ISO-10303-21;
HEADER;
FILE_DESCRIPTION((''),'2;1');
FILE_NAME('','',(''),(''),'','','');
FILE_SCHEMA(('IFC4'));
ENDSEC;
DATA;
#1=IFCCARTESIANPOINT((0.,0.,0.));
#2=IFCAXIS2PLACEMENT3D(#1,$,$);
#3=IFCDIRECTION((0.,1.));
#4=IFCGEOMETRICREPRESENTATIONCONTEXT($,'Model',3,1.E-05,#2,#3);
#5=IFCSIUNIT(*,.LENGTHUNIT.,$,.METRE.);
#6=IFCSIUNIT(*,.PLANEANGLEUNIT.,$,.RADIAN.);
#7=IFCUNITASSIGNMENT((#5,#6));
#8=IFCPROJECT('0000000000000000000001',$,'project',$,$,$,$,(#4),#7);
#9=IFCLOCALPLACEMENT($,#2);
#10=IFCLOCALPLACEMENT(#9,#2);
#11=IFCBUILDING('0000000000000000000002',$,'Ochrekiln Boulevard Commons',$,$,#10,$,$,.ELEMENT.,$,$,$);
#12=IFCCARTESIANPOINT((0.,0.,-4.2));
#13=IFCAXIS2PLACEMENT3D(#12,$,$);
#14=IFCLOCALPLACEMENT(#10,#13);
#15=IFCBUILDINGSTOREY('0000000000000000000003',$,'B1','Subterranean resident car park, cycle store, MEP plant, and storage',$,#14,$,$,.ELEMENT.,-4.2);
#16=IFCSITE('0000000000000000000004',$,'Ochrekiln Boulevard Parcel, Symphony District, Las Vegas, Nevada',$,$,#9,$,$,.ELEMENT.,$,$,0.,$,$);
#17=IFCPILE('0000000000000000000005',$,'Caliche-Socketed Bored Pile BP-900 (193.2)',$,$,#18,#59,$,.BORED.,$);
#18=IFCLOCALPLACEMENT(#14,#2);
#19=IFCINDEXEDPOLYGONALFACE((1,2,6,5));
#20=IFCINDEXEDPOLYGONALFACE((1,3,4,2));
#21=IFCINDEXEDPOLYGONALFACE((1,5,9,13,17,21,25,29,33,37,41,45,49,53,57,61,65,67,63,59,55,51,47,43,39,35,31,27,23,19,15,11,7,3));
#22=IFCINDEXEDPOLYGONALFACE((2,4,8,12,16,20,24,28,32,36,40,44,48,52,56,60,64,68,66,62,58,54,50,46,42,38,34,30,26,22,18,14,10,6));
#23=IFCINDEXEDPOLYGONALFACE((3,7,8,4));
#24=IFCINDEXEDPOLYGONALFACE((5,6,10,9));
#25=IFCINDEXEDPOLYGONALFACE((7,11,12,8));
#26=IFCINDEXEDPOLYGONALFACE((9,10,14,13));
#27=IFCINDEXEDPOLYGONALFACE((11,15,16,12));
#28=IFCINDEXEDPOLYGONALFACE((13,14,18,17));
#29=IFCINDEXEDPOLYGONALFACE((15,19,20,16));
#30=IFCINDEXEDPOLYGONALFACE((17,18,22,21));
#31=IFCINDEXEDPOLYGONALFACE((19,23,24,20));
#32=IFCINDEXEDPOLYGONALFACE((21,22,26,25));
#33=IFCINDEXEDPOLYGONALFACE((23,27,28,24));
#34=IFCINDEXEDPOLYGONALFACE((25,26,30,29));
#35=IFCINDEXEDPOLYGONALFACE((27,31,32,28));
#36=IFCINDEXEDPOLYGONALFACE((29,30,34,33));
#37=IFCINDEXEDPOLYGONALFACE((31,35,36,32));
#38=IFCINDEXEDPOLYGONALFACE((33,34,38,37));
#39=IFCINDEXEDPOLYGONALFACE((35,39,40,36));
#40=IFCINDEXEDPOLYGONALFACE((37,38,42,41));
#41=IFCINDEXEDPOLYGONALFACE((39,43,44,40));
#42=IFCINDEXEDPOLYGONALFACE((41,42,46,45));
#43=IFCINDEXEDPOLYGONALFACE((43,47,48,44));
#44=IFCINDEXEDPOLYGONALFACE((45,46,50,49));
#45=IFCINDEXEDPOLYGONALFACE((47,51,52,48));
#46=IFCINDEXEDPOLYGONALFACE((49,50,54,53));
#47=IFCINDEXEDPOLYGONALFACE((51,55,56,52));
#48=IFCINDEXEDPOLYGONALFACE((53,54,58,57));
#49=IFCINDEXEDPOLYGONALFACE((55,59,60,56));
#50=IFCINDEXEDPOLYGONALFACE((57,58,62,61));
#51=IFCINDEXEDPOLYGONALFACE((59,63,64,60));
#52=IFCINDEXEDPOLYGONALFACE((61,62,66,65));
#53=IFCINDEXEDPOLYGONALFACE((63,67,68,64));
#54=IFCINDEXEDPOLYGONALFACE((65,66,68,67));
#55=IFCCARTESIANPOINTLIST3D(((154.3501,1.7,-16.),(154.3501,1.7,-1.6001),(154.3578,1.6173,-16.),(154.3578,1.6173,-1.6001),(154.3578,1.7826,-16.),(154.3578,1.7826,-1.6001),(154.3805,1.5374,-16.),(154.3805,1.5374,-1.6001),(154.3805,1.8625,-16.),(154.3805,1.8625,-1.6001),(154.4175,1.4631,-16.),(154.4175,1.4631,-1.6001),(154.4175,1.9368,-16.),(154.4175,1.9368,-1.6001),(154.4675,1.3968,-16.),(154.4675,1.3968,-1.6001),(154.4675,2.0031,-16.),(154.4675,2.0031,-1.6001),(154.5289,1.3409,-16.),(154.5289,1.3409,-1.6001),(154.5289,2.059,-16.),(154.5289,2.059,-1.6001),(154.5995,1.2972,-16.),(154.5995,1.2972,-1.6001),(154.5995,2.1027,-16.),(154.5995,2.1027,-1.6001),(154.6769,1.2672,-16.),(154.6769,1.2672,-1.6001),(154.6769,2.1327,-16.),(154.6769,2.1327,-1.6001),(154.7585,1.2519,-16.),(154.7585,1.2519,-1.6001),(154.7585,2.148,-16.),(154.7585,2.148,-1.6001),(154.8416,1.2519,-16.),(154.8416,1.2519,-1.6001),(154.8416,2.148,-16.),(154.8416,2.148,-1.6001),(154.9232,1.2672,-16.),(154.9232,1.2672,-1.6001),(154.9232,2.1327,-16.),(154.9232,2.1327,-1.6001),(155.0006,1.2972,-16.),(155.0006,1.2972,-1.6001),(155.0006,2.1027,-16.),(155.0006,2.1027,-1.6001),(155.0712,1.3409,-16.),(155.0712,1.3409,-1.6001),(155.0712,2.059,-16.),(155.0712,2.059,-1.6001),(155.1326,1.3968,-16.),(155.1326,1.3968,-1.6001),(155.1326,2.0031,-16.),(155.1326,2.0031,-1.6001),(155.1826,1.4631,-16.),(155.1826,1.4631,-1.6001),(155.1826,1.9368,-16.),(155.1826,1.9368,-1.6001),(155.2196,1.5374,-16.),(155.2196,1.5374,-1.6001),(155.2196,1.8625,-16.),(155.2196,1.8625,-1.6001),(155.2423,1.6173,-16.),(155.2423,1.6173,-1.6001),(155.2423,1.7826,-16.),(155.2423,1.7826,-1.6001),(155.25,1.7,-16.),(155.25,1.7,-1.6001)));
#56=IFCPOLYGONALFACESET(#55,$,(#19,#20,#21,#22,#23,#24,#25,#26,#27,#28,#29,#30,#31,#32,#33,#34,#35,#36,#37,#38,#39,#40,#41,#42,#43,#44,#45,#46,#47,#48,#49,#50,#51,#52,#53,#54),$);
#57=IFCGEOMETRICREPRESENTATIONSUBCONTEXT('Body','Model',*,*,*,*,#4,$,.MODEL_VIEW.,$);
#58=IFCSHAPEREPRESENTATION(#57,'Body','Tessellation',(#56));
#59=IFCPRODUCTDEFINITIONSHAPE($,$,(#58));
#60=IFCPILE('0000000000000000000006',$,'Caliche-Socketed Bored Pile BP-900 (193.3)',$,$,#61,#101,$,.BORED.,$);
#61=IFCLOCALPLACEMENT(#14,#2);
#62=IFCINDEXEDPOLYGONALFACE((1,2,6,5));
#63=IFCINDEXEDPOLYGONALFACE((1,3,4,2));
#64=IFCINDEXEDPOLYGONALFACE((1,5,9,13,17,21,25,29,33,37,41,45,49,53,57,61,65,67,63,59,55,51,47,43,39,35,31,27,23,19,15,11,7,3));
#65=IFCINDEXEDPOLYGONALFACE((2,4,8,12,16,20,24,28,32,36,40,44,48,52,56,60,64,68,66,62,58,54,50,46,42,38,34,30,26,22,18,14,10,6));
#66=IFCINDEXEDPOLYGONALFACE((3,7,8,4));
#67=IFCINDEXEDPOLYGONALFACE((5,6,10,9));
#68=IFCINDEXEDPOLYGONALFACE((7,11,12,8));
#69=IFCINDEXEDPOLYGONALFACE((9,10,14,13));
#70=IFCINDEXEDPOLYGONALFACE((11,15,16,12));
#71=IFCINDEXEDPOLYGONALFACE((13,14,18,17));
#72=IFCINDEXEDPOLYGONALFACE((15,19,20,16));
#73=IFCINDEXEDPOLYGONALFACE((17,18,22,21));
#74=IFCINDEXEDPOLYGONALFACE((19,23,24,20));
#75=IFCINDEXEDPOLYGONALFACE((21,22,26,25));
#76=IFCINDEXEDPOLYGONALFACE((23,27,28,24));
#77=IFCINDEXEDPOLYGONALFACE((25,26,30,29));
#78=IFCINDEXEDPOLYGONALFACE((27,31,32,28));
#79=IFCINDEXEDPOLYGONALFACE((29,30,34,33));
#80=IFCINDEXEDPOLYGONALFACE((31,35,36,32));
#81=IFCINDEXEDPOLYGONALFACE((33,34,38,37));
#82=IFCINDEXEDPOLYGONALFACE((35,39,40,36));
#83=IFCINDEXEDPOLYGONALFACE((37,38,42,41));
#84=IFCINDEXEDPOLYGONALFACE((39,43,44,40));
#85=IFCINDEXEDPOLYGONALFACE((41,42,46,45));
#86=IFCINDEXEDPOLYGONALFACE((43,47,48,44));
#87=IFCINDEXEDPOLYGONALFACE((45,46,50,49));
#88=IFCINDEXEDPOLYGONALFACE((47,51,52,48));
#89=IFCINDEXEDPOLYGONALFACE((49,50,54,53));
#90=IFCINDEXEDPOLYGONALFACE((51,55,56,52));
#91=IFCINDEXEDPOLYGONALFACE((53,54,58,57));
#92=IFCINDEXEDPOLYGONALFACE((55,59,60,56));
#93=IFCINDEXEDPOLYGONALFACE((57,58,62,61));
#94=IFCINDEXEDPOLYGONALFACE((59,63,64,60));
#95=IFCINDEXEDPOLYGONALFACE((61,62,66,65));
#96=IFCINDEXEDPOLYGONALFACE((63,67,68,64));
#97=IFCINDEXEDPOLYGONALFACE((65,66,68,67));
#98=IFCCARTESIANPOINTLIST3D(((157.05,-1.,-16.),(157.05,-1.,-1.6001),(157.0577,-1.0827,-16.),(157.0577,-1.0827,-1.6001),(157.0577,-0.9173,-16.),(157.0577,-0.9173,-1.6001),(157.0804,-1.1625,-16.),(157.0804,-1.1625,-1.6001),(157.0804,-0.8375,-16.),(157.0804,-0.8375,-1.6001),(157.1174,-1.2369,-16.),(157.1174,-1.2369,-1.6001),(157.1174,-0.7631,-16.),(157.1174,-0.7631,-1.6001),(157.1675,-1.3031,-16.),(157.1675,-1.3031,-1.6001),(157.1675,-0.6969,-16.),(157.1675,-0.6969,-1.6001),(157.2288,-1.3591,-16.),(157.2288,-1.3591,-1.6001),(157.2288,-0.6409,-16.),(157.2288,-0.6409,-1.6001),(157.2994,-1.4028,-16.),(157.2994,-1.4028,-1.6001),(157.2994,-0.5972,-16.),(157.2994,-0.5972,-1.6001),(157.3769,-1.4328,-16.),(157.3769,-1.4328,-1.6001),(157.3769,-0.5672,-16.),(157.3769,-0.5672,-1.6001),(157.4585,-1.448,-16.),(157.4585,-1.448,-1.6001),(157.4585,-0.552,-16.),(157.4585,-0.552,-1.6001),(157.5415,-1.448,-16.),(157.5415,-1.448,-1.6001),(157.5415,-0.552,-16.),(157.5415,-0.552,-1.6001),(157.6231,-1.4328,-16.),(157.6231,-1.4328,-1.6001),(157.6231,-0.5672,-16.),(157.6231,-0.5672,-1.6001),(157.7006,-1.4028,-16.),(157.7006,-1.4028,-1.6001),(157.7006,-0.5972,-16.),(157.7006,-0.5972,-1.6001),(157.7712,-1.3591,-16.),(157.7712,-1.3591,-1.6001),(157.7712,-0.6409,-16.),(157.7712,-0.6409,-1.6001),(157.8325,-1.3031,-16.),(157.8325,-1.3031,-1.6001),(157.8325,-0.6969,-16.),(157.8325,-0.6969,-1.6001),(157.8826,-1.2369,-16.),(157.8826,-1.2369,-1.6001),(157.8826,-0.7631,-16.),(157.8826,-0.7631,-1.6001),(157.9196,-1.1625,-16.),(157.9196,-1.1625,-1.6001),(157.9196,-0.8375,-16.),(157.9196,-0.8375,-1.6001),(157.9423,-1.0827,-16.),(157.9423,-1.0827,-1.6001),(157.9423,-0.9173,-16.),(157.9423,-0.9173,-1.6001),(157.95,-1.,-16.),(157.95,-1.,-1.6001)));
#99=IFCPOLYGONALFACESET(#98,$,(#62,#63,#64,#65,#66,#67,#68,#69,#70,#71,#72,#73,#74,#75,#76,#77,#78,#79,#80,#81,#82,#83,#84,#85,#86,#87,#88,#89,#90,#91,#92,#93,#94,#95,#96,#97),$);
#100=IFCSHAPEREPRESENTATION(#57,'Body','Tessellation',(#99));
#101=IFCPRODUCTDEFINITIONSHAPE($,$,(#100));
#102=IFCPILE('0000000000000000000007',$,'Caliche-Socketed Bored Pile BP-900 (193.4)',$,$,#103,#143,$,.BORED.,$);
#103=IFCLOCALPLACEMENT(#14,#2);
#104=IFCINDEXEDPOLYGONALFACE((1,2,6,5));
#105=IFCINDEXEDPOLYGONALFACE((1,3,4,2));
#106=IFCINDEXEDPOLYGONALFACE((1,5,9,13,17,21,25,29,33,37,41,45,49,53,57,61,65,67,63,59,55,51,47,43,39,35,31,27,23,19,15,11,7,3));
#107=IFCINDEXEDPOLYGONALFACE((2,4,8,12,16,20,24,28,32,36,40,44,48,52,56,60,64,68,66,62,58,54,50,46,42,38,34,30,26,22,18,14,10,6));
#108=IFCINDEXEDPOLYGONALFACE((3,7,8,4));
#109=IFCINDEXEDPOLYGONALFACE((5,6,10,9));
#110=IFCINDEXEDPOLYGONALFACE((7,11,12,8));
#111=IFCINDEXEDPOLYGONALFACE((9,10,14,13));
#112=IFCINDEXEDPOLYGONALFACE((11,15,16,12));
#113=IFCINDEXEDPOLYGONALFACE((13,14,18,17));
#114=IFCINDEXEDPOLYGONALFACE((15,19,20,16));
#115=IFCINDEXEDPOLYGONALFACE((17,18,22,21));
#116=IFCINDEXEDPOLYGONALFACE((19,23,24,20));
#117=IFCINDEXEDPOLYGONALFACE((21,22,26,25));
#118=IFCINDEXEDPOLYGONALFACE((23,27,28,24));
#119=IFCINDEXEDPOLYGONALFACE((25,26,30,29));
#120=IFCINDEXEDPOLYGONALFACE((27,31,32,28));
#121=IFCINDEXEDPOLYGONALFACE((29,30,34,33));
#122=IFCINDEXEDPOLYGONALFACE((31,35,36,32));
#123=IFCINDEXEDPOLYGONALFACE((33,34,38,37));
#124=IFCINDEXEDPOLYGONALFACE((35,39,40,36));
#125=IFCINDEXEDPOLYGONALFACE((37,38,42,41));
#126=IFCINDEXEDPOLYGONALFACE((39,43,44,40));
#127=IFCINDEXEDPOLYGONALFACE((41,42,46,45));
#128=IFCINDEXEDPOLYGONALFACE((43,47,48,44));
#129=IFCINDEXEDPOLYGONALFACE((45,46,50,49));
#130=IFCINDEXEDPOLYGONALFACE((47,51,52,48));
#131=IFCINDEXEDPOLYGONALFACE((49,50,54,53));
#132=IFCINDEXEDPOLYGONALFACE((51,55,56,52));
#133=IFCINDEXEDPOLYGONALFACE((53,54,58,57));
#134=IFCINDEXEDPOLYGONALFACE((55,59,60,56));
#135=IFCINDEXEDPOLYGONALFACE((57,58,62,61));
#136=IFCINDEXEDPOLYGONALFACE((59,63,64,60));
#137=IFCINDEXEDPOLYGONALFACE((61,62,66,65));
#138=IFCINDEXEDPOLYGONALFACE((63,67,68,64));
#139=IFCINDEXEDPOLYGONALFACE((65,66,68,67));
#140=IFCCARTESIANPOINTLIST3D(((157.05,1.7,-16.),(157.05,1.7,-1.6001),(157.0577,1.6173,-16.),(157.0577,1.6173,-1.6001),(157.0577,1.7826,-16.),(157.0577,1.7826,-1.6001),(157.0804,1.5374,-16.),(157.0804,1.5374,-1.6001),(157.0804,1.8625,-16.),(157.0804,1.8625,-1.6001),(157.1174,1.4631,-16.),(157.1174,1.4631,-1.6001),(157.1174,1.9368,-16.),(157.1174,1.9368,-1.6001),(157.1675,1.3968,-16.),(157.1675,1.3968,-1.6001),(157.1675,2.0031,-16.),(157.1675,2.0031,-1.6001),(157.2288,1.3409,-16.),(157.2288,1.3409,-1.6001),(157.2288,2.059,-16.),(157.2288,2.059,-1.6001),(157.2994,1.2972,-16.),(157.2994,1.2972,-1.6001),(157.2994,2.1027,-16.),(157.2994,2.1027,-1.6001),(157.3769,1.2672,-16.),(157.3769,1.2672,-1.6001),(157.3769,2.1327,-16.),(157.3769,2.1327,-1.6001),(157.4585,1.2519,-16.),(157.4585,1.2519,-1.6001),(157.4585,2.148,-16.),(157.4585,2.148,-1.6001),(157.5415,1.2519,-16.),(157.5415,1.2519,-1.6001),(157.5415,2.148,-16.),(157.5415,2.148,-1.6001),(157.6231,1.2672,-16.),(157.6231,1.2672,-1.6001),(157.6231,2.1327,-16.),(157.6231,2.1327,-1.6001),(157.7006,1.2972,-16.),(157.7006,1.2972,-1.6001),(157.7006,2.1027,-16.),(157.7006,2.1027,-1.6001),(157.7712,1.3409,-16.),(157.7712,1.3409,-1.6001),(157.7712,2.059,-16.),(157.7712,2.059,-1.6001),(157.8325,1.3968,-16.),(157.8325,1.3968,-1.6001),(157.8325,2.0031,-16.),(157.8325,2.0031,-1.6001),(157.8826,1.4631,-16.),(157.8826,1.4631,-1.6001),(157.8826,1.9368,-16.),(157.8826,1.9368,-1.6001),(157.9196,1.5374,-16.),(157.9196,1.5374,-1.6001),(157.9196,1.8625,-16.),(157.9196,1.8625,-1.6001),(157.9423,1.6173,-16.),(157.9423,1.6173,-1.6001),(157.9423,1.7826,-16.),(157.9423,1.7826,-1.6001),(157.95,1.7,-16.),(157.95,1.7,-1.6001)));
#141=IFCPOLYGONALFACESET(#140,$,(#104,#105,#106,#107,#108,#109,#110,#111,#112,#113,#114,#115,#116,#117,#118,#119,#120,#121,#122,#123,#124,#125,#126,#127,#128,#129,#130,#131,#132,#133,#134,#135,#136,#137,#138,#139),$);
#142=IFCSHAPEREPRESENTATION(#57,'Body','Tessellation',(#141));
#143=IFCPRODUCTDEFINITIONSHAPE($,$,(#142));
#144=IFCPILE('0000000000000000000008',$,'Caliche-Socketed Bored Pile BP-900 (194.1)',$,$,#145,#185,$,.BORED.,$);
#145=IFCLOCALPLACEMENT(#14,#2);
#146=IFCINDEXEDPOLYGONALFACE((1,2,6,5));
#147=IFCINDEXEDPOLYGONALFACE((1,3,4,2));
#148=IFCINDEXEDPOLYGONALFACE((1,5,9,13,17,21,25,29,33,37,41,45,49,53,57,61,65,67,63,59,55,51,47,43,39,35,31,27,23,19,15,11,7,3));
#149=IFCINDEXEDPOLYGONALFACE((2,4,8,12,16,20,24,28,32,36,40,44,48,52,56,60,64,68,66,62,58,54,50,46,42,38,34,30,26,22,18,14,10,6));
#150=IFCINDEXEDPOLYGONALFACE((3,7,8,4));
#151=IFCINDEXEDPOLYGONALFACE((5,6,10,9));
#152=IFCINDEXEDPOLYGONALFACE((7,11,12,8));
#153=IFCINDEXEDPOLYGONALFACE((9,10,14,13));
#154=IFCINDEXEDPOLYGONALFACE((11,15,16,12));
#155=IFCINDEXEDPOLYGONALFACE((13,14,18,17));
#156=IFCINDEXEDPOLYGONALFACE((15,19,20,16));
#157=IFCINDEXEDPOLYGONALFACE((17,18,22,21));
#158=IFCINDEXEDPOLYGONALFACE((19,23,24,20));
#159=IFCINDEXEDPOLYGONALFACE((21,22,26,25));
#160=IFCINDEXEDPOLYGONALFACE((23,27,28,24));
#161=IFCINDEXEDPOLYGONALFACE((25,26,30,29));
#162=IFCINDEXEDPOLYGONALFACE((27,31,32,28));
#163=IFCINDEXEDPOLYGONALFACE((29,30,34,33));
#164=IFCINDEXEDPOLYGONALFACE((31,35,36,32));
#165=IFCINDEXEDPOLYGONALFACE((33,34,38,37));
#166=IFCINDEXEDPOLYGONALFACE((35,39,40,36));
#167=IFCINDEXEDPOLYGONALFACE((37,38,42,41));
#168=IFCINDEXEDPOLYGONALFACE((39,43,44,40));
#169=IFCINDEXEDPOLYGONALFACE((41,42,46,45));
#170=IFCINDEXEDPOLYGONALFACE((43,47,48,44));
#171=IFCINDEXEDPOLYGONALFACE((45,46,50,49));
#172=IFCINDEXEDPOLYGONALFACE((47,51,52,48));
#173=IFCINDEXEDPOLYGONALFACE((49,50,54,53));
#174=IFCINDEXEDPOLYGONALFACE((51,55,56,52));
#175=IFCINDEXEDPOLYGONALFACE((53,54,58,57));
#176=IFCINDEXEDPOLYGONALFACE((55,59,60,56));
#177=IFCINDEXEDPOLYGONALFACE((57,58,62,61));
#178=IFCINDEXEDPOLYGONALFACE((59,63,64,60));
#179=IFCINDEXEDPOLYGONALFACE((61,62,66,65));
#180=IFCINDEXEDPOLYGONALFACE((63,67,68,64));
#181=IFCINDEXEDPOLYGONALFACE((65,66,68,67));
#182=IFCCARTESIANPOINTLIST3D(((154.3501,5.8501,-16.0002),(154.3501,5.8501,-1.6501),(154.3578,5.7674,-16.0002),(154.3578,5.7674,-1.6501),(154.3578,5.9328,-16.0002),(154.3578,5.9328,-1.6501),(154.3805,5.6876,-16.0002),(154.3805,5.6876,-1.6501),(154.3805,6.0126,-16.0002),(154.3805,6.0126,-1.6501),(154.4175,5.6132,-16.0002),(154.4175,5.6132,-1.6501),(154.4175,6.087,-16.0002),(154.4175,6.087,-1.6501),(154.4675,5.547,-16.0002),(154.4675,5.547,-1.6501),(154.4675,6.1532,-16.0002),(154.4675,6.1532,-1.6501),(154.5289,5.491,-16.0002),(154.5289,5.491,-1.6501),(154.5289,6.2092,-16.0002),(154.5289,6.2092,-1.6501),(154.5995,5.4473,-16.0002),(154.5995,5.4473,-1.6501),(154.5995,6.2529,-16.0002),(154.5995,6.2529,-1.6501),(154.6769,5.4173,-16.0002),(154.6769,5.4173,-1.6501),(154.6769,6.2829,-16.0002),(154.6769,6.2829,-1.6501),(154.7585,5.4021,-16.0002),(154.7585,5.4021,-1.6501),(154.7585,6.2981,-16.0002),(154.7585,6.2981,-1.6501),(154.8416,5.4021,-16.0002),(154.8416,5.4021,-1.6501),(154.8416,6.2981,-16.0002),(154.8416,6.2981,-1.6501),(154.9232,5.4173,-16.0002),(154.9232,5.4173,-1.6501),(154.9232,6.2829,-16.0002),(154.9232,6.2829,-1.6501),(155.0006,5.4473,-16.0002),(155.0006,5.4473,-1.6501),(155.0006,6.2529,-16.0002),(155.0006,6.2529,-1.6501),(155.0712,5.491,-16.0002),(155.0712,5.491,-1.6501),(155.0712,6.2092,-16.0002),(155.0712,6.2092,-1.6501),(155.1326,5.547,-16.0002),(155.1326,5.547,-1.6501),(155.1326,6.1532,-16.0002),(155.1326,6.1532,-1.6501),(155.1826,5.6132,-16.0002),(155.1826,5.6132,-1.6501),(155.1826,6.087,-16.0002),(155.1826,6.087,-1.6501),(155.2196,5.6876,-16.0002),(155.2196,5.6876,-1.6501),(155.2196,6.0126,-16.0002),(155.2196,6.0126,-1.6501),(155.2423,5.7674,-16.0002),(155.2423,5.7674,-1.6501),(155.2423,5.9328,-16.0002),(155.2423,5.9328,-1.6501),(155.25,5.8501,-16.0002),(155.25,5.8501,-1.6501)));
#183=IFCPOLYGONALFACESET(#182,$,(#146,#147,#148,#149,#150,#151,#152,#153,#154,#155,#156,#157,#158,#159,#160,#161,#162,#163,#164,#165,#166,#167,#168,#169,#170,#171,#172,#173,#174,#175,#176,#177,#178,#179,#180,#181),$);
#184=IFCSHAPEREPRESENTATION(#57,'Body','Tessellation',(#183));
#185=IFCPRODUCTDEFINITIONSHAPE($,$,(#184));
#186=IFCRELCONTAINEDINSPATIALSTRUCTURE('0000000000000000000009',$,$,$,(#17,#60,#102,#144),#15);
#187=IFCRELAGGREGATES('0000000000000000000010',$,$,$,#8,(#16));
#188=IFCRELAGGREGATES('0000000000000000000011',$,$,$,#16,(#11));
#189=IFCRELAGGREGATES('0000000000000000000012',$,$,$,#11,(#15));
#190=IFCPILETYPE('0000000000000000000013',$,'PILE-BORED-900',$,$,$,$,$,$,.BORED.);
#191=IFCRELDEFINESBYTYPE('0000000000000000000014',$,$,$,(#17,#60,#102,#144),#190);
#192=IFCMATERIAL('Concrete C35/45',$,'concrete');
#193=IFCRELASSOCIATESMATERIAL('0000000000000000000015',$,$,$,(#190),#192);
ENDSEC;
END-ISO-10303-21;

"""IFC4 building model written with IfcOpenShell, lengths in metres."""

from ifc_helpers import new_model, si_unit, direction, frame, origin, origin_2d, place, context, subcontext, project, spatial, circle, extrude, material, material_profile, profile_set, type_object, element, save


model = new_model("IFC4")

# Units and contexts
model_context = context("Model", 3, precision=1e-05, world=origin(), true_north=direction((0.0, 1.0)))
body_context = subcontext(model_context, "Body", "Model", "MODEL_VIEW")
ifc_project = project(units=[si_unit("LENGTHUNIT", "METRE"), si_unit("PLANEANGLEUNIT", "RADIAN")], contexts=[model_context])

# Site, building, storey
site_placement = place(None, origin())
site = spatial("IfcSite", under=ifc_project, at=site_placement, Name="Ochrekiln Boulevard Parcel, Symphony District, Las Vegas, Nevada", CompositionType="ELEMENT", RefElevation=0.0)
building_placement = place(site_placement, origin())
building = spatial("IfcBuilding", under=site, at=building_placement, Name="Ochrekiln Boulevard Commons", CompositionType="ELEMENT")
storey_placement = place(building_placement, frame((0.0, 0.0, -4.2)))
storey = spatial("IfcBuildingStorey", under=building, at=storey_placement, Name="B1", Description="Subterranean resident car park, cycle store, MEP plant, and storage", CompositionType="ELEMENT", Elevation=-4.2)

# Shared definitions
ifc_material_1 = material(Name="Concrete C35/45", Category="concrete")

# Piles
ifc_material_profile_1 = material_profile(ifc_material_1, circle(Radius=0.45, at=origin_2d()), Name="PILE-D900")
ifc_profile_set_1 = profile_set([ifc_material_profile_1], Name="Concrete C35/45")
pile_type = type_object("IfcPileType", Name="PILE-BORED-900", PredefinedType="BORED", material=ifc_profile_set_1)
for number, where, z_axis, x_axis, name in (
    (1, (154.8, 1.7, -1.6001), (0.0, 0.0, -1.0), (1.0, 0.0, 0.0), "Caliche-Socketed Bored Pile BP-900 (193.2)"),
    (2, (157.5, -1.0, -1.6001), (0.0, 0.0, -1.0), (1.0, 0.0, 0.0), "Caliche-Socketed Bored Pile BP-900 (193.3)"),
    (3, (157.5, 1.7, -1.6001), (0.0, 0.0, -1.0), (1.0, 0.0, 0.0), "Caliche-Socketed Bored Pile BP-900 (193.4)"),
):
    element("IfcPile", number, at=place(storey_placement, frame(where, z_axis=z_axis, x_axis=x_axis)), inside=storey, type_object=pile_type, Name=name, PredefinedType="BORED", context=body_context, shape_type="SweptSolid", body=[
        extrude(circle(Radius=0.45, at=origin_2d()), origin(), (0.0, 0.0, 1.0), 14.3999),
    ])
for number, where, z_axis, x_axis, name in (
    (4, (154.8, 5.8501, -1.6501), (0.0, 0.0, -1.0), (1.0, 0.0, 0.0), "Caliche-Socketed Bored Pile BP-900 (194.1)"),
):
    element("IfcPile", number, at=place(storey_placement, frame(where, z_axis=z_axis, x_axis=x_axis)), inside=storey, type_object=pile_type, Name=name, PredefinedType="BORED", context=body_context, shape_type="SweptSolid", body=[
        extrude(circle(Radius=0.45, at=origin_2d()), origin(), (0.0, 0.0, 1.0), 14.3501),
    ])

save(model, "model.ifc")
